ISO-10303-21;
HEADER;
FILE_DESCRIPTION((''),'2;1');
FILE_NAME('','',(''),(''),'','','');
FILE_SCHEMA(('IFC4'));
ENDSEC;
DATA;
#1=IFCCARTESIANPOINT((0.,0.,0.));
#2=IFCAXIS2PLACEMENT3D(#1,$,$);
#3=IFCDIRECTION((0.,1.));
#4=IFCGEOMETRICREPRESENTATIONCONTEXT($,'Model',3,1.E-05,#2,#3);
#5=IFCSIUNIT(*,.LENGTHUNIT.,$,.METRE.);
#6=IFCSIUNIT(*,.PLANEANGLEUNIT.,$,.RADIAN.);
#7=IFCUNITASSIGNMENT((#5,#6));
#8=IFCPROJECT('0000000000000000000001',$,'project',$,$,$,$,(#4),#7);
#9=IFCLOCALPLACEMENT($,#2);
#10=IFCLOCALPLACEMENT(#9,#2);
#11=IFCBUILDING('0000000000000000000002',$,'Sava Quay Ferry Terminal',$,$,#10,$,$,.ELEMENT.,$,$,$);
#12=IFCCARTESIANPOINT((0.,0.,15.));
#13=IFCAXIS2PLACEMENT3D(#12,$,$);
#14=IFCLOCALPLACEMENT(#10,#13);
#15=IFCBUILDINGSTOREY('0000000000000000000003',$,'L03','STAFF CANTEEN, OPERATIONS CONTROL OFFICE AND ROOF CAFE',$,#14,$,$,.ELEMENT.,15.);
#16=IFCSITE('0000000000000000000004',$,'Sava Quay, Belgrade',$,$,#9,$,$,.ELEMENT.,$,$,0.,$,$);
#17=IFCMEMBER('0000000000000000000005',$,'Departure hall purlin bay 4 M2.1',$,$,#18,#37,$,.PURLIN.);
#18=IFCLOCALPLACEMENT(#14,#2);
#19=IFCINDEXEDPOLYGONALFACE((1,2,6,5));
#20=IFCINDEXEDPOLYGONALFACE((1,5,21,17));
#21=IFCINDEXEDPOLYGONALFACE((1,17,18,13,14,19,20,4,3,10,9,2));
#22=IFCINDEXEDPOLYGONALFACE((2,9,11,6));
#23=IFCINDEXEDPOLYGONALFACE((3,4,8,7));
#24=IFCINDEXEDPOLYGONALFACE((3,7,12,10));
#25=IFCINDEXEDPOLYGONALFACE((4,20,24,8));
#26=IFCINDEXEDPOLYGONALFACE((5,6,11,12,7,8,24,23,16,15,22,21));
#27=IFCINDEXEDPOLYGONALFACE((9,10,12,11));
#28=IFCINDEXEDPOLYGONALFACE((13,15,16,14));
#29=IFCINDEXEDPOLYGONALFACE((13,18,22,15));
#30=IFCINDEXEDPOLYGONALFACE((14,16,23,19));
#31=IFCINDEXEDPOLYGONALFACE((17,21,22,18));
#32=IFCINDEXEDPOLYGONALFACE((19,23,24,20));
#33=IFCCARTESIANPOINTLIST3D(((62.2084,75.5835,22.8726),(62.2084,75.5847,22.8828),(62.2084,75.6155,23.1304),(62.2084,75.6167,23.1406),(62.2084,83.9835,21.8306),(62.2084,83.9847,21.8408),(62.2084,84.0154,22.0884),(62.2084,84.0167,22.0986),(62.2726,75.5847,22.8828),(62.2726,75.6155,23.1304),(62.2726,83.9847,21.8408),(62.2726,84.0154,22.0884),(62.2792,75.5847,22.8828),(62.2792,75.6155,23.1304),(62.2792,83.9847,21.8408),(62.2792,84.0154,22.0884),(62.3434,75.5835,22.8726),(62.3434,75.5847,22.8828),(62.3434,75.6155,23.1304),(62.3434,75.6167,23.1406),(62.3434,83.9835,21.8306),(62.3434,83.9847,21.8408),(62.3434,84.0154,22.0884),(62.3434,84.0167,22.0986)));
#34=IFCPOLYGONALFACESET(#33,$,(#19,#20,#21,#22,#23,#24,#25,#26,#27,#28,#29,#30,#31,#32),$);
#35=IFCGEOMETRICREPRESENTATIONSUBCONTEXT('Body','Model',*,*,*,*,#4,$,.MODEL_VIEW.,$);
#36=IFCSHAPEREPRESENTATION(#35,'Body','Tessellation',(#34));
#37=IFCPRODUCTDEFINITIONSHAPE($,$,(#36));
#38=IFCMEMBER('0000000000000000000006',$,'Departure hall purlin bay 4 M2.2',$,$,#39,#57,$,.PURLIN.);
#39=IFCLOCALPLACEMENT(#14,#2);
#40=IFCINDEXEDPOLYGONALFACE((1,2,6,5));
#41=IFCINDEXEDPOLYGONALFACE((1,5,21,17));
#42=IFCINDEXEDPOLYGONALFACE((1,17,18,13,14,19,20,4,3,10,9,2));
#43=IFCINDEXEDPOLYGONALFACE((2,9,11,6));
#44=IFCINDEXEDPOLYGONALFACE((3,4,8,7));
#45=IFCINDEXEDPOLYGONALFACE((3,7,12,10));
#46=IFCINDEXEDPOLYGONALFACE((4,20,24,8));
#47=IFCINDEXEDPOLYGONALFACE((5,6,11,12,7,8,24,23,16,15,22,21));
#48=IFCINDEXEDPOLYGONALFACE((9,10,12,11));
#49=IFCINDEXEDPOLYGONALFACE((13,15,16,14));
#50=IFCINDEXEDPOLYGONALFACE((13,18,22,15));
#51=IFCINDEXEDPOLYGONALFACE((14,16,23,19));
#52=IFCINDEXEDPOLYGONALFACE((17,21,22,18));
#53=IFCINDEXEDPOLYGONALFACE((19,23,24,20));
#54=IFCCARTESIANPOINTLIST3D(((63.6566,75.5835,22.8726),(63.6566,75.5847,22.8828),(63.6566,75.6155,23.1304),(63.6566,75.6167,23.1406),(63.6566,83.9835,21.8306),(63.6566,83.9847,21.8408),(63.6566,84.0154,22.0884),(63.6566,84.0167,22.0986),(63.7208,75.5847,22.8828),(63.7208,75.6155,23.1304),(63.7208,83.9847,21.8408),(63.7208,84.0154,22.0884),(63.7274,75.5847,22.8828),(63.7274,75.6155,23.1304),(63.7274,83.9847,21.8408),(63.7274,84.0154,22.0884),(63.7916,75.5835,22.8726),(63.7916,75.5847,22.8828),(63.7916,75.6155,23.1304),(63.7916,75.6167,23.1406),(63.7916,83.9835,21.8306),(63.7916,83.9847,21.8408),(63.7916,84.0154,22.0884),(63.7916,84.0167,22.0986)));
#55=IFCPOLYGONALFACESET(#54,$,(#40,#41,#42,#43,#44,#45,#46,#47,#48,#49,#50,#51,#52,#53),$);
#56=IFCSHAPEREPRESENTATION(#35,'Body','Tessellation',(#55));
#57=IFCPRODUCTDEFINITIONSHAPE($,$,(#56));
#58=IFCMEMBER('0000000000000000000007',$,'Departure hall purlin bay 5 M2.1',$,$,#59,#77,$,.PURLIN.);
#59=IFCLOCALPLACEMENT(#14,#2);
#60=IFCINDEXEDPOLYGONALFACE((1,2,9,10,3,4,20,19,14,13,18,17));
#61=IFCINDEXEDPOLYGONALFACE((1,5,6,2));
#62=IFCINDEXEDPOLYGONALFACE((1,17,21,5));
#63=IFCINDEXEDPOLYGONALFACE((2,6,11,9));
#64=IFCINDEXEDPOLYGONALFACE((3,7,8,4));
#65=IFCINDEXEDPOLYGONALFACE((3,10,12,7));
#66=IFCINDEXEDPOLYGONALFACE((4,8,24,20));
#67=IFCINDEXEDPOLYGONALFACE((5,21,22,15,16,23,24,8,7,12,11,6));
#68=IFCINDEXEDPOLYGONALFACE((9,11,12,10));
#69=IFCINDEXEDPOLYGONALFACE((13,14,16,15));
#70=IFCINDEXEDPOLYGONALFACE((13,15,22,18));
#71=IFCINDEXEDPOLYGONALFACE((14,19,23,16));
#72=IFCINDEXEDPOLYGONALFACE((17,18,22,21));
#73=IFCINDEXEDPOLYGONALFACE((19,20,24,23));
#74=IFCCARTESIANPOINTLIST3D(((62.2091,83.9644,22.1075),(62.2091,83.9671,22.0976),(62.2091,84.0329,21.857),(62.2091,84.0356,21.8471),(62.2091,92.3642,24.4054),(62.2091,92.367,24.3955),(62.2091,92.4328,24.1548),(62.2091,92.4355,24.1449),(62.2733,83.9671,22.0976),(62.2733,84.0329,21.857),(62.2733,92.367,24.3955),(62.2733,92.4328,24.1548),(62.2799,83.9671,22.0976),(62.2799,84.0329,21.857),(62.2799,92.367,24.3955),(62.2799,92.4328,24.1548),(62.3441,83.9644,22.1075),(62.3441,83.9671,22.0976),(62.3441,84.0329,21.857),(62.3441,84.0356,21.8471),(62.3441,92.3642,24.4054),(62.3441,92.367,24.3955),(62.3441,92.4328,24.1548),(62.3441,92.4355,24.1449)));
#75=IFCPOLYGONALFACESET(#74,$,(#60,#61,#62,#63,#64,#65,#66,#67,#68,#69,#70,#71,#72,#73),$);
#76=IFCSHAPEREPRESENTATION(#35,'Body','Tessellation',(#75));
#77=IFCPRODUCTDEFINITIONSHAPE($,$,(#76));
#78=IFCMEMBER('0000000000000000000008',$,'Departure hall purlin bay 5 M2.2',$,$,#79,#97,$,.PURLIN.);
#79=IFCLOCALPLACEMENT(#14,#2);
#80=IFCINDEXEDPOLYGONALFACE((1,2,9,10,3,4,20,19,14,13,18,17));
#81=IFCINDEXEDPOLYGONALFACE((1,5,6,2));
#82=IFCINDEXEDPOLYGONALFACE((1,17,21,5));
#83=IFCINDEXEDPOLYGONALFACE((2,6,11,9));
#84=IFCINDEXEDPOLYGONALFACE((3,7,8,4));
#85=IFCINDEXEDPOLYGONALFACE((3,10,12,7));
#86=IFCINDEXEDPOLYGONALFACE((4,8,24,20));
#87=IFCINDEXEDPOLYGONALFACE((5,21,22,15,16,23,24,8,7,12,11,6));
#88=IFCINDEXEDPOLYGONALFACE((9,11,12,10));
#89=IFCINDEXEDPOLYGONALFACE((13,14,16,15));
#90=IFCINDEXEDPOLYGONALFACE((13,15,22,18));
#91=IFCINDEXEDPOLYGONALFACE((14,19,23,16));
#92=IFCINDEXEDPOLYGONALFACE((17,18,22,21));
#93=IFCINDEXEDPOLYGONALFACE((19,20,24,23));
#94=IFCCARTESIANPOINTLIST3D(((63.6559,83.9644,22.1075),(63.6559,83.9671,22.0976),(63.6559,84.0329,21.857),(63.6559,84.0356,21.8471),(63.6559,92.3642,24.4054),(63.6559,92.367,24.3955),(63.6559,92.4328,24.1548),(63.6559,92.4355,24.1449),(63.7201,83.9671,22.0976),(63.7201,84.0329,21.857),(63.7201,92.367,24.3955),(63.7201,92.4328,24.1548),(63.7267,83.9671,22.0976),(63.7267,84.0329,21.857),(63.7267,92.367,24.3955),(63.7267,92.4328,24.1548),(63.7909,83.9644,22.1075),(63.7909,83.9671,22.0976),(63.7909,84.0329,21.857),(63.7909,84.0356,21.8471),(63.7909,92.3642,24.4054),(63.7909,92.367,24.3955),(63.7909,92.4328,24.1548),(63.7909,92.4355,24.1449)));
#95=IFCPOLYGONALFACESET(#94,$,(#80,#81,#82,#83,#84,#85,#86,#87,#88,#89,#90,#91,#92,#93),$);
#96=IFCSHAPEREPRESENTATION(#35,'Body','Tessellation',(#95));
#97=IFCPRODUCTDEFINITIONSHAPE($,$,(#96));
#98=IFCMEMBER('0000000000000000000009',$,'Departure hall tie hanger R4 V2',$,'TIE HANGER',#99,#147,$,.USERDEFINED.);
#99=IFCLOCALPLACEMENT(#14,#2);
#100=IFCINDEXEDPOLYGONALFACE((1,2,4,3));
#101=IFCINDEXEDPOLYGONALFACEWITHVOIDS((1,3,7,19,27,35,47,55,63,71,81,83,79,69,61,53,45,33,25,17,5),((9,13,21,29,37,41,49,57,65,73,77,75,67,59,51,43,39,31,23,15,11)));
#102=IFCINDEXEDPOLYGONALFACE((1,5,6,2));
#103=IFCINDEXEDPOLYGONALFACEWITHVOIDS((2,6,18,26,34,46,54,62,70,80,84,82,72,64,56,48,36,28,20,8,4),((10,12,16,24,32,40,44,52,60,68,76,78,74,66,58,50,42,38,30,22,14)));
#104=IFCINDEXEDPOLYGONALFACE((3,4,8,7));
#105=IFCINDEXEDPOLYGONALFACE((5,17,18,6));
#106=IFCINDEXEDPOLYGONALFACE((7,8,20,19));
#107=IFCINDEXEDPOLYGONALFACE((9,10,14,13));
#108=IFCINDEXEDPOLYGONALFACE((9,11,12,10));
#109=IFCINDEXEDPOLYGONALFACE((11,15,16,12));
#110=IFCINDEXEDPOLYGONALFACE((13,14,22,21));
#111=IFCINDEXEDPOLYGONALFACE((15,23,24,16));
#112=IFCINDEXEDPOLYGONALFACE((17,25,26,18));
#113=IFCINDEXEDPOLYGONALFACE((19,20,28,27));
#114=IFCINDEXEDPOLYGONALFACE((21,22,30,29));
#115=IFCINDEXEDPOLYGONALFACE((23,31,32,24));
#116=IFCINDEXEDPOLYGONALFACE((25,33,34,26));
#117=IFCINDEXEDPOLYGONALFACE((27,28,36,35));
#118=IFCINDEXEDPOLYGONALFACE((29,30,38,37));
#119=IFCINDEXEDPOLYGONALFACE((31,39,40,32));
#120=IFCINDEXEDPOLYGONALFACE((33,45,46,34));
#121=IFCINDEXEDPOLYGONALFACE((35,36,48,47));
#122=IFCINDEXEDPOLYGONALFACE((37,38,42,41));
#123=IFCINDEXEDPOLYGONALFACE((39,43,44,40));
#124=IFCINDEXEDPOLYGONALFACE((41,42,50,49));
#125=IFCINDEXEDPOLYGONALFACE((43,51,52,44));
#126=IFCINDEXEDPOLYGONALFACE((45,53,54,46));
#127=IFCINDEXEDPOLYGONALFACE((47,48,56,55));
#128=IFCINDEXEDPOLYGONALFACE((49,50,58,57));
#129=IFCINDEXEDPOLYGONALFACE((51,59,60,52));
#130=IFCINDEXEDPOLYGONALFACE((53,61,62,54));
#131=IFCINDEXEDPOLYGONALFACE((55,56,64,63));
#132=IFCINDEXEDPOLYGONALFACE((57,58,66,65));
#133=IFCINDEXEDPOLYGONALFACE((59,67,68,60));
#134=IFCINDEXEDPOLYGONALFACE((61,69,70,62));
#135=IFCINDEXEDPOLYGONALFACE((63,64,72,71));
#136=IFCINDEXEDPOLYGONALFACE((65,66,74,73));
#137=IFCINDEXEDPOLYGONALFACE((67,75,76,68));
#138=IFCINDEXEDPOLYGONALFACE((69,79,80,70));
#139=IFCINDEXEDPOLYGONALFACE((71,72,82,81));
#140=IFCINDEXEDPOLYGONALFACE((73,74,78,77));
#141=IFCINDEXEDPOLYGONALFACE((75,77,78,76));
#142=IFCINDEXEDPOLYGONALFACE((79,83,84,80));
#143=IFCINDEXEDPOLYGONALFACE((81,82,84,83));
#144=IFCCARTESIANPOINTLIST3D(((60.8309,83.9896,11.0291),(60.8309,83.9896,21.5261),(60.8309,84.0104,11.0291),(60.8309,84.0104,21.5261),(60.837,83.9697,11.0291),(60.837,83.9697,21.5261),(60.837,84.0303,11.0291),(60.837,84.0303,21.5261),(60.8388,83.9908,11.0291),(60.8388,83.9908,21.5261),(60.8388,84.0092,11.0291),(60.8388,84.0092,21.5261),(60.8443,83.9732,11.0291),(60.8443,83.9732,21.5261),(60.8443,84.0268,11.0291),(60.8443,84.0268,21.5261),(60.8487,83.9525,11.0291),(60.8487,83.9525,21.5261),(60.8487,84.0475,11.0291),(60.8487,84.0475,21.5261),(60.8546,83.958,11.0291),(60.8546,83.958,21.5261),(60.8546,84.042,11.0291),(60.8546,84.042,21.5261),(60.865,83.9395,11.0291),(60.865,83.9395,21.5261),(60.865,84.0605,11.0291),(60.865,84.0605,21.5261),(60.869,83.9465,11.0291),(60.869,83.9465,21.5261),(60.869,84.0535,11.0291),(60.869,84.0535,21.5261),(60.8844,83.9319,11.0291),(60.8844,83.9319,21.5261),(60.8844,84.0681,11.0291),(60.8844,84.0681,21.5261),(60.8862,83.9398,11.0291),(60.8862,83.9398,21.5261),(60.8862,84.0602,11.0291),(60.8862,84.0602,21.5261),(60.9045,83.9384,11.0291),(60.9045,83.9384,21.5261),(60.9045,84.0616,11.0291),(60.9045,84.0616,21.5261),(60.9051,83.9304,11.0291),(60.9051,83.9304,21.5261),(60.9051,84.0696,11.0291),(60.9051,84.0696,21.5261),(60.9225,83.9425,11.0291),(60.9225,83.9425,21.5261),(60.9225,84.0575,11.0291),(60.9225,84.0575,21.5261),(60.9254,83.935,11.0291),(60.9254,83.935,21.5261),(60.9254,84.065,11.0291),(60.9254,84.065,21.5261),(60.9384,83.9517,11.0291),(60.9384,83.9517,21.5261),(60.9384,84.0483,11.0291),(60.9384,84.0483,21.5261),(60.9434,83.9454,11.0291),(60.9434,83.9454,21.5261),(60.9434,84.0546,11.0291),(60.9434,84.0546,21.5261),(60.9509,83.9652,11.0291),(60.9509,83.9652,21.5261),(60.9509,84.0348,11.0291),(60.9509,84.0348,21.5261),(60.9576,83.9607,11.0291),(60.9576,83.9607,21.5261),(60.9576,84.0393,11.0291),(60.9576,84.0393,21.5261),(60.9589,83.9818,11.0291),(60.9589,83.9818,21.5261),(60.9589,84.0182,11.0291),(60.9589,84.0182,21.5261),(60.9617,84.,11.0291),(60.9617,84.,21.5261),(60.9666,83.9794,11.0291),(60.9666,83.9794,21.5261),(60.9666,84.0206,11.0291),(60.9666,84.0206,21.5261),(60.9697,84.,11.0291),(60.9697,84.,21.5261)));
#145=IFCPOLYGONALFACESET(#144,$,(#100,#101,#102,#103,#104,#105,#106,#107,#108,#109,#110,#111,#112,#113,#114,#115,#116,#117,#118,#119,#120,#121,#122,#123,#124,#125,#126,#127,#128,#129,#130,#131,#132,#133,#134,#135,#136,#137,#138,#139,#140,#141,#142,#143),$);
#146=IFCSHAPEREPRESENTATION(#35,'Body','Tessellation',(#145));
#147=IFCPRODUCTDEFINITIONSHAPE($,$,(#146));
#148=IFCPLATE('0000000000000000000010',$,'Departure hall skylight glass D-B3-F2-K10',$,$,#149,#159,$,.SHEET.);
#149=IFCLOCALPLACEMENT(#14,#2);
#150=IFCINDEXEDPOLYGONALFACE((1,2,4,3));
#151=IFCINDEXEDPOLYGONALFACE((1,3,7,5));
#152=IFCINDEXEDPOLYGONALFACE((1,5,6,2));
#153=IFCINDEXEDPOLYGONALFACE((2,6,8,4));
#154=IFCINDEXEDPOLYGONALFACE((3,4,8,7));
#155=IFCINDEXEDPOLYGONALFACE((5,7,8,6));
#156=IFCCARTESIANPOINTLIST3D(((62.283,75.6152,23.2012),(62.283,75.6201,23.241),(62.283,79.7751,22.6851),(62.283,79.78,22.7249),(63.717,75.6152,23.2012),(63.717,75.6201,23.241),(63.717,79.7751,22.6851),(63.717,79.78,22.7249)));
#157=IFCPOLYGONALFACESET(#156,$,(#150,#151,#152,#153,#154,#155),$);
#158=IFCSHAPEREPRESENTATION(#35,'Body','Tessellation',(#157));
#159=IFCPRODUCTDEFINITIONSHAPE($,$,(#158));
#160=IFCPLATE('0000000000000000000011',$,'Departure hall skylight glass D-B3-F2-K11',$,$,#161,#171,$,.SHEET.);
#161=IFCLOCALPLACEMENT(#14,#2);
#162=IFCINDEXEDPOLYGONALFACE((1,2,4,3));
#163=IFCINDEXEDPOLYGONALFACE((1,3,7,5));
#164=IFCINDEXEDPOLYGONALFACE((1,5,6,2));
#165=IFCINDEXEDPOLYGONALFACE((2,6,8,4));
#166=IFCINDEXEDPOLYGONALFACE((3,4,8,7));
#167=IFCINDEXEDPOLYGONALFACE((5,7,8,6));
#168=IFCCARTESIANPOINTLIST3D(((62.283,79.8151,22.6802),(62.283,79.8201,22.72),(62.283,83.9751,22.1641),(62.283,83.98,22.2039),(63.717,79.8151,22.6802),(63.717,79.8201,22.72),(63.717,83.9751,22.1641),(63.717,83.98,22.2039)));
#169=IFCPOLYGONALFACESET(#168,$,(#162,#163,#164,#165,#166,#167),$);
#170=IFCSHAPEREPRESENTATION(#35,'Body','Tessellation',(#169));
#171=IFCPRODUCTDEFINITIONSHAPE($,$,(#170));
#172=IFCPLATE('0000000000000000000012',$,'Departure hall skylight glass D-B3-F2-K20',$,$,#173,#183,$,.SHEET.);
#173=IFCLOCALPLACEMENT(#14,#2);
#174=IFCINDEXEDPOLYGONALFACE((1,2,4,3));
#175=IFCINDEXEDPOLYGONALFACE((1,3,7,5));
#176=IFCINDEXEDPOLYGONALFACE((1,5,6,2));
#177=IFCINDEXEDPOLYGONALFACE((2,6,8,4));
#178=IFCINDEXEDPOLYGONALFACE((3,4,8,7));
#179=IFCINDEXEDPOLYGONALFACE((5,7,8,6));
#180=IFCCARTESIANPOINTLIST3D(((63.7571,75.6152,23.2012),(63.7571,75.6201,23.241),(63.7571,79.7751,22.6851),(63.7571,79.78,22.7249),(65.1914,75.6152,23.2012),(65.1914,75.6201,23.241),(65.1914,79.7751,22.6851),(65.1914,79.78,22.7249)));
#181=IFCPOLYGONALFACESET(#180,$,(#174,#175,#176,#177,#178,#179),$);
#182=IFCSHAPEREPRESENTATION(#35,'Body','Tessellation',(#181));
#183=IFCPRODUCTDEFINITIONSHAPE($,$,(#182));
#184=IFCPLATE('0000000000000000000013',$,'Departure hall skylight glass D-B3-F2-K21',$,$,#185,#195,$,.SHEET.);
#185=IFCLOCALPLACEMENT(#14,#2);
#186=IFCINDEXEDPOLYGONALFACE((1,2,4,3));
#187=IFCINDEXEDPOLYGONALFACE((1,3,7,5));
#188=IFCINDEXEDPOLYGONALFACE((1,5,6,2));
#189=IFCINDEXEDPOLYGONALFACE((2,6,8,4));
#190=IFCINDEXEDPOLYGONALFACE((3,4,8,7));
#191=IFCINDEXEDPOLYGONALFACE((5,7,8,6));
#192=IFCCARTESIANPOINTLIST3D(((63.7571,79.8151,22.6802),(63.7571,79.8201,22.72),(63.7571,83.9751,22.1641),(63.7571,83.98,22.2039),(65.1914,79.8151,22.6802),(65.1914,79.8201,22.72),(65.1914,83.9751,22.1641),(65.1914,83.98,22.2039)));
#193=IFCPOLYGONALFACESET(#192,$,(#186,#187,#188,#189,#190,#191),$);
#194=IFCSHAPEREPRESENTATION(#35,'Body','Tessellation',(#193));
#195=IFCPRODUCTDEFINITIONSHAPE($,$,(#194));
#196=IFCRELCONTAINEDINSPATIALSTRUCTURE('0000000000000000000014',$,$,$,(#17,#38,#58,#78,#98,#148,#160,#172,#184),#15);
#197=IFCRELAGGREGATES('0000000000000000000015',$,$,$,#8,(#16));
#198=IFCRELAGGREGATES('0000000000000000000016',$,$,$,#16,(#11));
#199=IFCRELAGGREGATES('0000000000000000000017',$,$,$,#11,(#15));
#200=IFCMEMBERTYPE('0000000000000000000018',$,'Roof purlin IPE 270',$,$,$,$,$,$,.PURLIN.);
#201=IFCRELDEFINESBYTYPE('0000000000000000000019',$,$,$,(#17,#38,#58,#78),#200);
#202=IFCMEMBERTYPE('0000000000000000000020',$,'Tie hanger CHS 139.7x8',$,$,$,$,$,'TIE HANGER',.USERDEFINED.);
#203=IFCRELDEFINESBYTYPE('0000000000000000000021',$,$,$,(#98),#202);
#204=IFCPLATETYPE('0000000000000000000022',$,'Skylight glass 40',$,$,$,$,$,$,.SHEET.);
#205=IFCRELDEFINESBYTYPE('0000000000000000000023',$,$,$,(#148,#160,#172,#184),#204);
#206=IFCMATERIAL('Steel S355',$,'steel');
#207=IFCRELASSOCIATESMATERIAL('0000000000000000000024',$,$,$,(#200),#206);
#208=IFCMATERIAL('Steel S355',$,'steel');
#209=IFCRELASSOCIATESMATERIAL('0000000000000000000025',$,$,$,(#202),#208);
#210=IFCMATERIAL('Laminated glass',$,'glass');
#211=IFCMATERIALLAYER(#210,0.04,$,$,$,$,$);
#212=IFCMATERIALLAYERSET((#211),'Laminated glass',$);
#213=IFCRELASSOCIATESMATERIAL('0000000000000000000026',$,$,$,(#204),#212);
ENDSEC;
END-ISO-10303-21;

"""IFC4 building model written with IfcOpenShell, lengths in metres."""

from ifc_helpers import new_model, si_unit, direction, frame, origin, origin_2d, place, context, subcontext, project, spatial, polyline, hollow_circle, i_section, outline, extrude, material, layer, layer_set, material_profile, profile_set, type_object, element, save


model = new_model("IFC4")

# Units and contexts
model_context = context("Model", 3, precision=1e-05, world=origin(), true_north=direction((0.0, 1.0)))
body_context = subcontext(model_context, "Body", "Model", "MODEL_VIEW")
ifc_project = project(units=[si_unit("LENGTHUNIT", "METRE"), si_unit("PLANEANGLEUNIT", "RADIAN")], contexts=[model_context])

# Site, building, storey
site_placement = place(None, origin())
site = spatial("IfcSite", under=ifc_project, at=site_placement, Name="Sava Quay, Belgrade", CompositionType="ELEMENT", RefElevation=0.0)
building_placement = place(site_placement, origin())
building = spatial("IfcBuilding", under=site, at=building_placement, Name="Sava Quay Ferry Terminal", CompositionType="ELEMENT")
storey_placement = place(building_placement, frame((0.0, 0.0, 15.0)))
storey = spatial("IfcBuildingStorey", under=building, at=storey_placement, Name="L03", Description="STAFF CANTEEN, OPERATIONS CONTROL OFFICE AND ROOF CAFE", CompositionType="ELEMENT", Elevation=15.0)

# Members
ifc_material_1 = material(Name="Steel S355", Category="steel")
ifc_material_profile_1 = material_profile(ifc_material_1, i_section(OverallWidth=0.135, OverallDepth=0.27, WebThickness=0.0066, FlangeThickness=0.0103, at=origin_2d()), Name="IPE 270")
ifc_profile_set_1 = profile_set([ifc_material_profile_1], Name="Steel S355")
member_type_1 = type_object("IfcMemberType", Name="Roof purlin IPE 270", PredefinedType="PURLIN", material=ifc_profile_set_1)
for number, where, z_axis, x_axis, name in (
    (1, (62.2759, 75.6001, 23.0066), (0.0, 0.992394, -0.123105), (-1.0, 0.0, 0.0), "Departure hall purlin bay 4 M2.1"),
    (2, (63.7241, 75.6001, 23.0066), (0.0, 0.992394, -0.123105), (-1.0, 0.0, 0.0), "Departure hall purlin bay 4 M2.2"),
):
    element("IfcMember", number, at=place(storey_placement, frame(where, z_axis=z_axis, x_axis=x_axis)), inside=storey, type_object=member_type_1, Name=name, PredefinedType="PURLIN", context=body_context, shape_type="SweptSolid", body=[
        extrude(i_section(OverallWidth=0.135, OverallDepth=0.27, WebThickness=0.0066, FlangeThickness=0.0103, at=origin_2d()), origin(), (0.0, 0.0, 1.0), 8.4644),
    ])
for number, where, z_axis, x_axis, name in (
    (3, (62.2766, 84.0, 21.9773), (0.0, 0.96456, 0.263862), (-1.0, 0.0, 0.0), "Departure hall purlin bay 5 M2.1"),
    (4, (63.7234, 84.0, 21.9773), (0.0, 0.96456, 0.263862), (-1.0, 0.0, 0.0), "Departure hall purlin bay 5 M2.2"),
):
    element("IfcMember", number, at=place(storey_placement, frame(where, z_axis=z_axis, x_axis=x_axis)), inside=storey, type_object=member_type_1, Name=name, PredefinedType="PURLIN", context=body_context, shape_type="SweptSolid", body=[
        extrude(i_section(OverallWidth=0.135, OverallDepth=0.27, WebThickness=0.0066, FlangeThickness=0.0103, at=origin_2d()), origin(), (0.0, 0.0, 1.0), 8.7085),
    ])
ifc_material_2 = material(Name="Steel S355", Category="steel")
ifc_material_profile_2 = material_profile(ifc_material_2, hollow_circle(Radius=0.0698, WallThickness=0.0081, at=origin_2d()), Name="CHS 139.7 x 8.0")
ifc_profile_set_2 = profile_set([ifc_material_profile_2], Name="Steel S355")
member_type_2 = type_object("IfcMemberType", Name="Tie hanger CHS 139.7x8", ElementType="TIE HANGER", PredefinedType="USERDEFINED", material=ifc_profile_set_2)
member_1_placement = place(storey_placement, frame((60.8999, 84.0, 11.0291), z_axis=(0.0, 0.0, 1.0), x_axis=(1.0, 0.0, 0.0)))
element("IfcMember", 5, at=member_1_placement, inside=storey, type_object=member_type_2, Name="Departure hall tie hanger R4 V2", ObjectType="TIE HANGER", PredefinedType="USERDEFINED", context=body_context, shape_type="SweptSolid", body=[
    extrude(hollow_circle(Radius=0.0698, WallThickness=0.0081, at=origin_2d()), origin(), (0.0, 0.0, 1.0), 10.4971),
])

# Plates
ifc_material_3 = material(Name="Laminated glass", Category="glass")
ifc_layer = layer(ifc_material_3, 0.04)
ifc_layer_set = layer_set([ifc_layer], Name="Laminated glass")
plate_type = type_object("IfcPlateType", Name="Skylight glass 40", PredefinedType="SHEET", material=ifc_layer_set)
for number, where, z_axis, x_axis, name in (
    (6, (62.283, 75.6201, 23.241), (0.0, 0.123124, 0.992391), (0.0, 0.992391, -0.123124), "Departure hall skylight glass D-B3-F2-K10"),
    (7, (62.283, 79.8201, 22.72), (0.0, 0.123124, 0.992391), (0.0, 0.992391, -0.123124), "Departure hall skylight glass D-B3-F2-K11"),
):
    element("IfcPlate", number, at=place(storey_placement, frame(where, z_axis=z_axis, x_axis=x_axis)), inside=storey, type_object=plate_type, Name=name, PredefinedType="SHEET", context=body_context, shape_type="SweptSolid", body=[
        extrude(outline(polyline([(0.0, 0.0), (4.1918, 0.0), (4.1918, -1.4341), (0.0, -1.4341), (0.0, 0.0)])), origin(), (0.0, 0.0, -1.0), 0.04),
    ])
for number, where, z_axis, x_axis, name in (
    (8, (63.7571, 75.6201, 23.241), (0.0, 0.123124, 0.992391), (0.0, 0.992391, -0.123124), "Departure hall skylight glass D-B3-F2-K20"),
    (9, (63.7571, 79.8201, 22.72), (0.0, 0.123124, 0.992391), (0.0, 0.992391, -0.123124), "Departure hall skylight glass D-B3-F2-K21"),
):
    element("IfcPlate", number, at=place(storey_placement, frame(where, z_axis=z_axis, x_axis=x_axis)), inside=storey, type_object=plate_type, Name=name, PredefinedType="SHEET", context=body_context, shape_type="SweptSolid", body=[
        extrude(outline(polyline([(0.0, 0.0), (4.1918, 0.0), (4.1918, -1.4343), (0.0, -1.4343), (0.0, 0.0)])), origin(), (0.0, 0.0, -1.0), 0.04),
    ])

save(model, "model.ifc")
